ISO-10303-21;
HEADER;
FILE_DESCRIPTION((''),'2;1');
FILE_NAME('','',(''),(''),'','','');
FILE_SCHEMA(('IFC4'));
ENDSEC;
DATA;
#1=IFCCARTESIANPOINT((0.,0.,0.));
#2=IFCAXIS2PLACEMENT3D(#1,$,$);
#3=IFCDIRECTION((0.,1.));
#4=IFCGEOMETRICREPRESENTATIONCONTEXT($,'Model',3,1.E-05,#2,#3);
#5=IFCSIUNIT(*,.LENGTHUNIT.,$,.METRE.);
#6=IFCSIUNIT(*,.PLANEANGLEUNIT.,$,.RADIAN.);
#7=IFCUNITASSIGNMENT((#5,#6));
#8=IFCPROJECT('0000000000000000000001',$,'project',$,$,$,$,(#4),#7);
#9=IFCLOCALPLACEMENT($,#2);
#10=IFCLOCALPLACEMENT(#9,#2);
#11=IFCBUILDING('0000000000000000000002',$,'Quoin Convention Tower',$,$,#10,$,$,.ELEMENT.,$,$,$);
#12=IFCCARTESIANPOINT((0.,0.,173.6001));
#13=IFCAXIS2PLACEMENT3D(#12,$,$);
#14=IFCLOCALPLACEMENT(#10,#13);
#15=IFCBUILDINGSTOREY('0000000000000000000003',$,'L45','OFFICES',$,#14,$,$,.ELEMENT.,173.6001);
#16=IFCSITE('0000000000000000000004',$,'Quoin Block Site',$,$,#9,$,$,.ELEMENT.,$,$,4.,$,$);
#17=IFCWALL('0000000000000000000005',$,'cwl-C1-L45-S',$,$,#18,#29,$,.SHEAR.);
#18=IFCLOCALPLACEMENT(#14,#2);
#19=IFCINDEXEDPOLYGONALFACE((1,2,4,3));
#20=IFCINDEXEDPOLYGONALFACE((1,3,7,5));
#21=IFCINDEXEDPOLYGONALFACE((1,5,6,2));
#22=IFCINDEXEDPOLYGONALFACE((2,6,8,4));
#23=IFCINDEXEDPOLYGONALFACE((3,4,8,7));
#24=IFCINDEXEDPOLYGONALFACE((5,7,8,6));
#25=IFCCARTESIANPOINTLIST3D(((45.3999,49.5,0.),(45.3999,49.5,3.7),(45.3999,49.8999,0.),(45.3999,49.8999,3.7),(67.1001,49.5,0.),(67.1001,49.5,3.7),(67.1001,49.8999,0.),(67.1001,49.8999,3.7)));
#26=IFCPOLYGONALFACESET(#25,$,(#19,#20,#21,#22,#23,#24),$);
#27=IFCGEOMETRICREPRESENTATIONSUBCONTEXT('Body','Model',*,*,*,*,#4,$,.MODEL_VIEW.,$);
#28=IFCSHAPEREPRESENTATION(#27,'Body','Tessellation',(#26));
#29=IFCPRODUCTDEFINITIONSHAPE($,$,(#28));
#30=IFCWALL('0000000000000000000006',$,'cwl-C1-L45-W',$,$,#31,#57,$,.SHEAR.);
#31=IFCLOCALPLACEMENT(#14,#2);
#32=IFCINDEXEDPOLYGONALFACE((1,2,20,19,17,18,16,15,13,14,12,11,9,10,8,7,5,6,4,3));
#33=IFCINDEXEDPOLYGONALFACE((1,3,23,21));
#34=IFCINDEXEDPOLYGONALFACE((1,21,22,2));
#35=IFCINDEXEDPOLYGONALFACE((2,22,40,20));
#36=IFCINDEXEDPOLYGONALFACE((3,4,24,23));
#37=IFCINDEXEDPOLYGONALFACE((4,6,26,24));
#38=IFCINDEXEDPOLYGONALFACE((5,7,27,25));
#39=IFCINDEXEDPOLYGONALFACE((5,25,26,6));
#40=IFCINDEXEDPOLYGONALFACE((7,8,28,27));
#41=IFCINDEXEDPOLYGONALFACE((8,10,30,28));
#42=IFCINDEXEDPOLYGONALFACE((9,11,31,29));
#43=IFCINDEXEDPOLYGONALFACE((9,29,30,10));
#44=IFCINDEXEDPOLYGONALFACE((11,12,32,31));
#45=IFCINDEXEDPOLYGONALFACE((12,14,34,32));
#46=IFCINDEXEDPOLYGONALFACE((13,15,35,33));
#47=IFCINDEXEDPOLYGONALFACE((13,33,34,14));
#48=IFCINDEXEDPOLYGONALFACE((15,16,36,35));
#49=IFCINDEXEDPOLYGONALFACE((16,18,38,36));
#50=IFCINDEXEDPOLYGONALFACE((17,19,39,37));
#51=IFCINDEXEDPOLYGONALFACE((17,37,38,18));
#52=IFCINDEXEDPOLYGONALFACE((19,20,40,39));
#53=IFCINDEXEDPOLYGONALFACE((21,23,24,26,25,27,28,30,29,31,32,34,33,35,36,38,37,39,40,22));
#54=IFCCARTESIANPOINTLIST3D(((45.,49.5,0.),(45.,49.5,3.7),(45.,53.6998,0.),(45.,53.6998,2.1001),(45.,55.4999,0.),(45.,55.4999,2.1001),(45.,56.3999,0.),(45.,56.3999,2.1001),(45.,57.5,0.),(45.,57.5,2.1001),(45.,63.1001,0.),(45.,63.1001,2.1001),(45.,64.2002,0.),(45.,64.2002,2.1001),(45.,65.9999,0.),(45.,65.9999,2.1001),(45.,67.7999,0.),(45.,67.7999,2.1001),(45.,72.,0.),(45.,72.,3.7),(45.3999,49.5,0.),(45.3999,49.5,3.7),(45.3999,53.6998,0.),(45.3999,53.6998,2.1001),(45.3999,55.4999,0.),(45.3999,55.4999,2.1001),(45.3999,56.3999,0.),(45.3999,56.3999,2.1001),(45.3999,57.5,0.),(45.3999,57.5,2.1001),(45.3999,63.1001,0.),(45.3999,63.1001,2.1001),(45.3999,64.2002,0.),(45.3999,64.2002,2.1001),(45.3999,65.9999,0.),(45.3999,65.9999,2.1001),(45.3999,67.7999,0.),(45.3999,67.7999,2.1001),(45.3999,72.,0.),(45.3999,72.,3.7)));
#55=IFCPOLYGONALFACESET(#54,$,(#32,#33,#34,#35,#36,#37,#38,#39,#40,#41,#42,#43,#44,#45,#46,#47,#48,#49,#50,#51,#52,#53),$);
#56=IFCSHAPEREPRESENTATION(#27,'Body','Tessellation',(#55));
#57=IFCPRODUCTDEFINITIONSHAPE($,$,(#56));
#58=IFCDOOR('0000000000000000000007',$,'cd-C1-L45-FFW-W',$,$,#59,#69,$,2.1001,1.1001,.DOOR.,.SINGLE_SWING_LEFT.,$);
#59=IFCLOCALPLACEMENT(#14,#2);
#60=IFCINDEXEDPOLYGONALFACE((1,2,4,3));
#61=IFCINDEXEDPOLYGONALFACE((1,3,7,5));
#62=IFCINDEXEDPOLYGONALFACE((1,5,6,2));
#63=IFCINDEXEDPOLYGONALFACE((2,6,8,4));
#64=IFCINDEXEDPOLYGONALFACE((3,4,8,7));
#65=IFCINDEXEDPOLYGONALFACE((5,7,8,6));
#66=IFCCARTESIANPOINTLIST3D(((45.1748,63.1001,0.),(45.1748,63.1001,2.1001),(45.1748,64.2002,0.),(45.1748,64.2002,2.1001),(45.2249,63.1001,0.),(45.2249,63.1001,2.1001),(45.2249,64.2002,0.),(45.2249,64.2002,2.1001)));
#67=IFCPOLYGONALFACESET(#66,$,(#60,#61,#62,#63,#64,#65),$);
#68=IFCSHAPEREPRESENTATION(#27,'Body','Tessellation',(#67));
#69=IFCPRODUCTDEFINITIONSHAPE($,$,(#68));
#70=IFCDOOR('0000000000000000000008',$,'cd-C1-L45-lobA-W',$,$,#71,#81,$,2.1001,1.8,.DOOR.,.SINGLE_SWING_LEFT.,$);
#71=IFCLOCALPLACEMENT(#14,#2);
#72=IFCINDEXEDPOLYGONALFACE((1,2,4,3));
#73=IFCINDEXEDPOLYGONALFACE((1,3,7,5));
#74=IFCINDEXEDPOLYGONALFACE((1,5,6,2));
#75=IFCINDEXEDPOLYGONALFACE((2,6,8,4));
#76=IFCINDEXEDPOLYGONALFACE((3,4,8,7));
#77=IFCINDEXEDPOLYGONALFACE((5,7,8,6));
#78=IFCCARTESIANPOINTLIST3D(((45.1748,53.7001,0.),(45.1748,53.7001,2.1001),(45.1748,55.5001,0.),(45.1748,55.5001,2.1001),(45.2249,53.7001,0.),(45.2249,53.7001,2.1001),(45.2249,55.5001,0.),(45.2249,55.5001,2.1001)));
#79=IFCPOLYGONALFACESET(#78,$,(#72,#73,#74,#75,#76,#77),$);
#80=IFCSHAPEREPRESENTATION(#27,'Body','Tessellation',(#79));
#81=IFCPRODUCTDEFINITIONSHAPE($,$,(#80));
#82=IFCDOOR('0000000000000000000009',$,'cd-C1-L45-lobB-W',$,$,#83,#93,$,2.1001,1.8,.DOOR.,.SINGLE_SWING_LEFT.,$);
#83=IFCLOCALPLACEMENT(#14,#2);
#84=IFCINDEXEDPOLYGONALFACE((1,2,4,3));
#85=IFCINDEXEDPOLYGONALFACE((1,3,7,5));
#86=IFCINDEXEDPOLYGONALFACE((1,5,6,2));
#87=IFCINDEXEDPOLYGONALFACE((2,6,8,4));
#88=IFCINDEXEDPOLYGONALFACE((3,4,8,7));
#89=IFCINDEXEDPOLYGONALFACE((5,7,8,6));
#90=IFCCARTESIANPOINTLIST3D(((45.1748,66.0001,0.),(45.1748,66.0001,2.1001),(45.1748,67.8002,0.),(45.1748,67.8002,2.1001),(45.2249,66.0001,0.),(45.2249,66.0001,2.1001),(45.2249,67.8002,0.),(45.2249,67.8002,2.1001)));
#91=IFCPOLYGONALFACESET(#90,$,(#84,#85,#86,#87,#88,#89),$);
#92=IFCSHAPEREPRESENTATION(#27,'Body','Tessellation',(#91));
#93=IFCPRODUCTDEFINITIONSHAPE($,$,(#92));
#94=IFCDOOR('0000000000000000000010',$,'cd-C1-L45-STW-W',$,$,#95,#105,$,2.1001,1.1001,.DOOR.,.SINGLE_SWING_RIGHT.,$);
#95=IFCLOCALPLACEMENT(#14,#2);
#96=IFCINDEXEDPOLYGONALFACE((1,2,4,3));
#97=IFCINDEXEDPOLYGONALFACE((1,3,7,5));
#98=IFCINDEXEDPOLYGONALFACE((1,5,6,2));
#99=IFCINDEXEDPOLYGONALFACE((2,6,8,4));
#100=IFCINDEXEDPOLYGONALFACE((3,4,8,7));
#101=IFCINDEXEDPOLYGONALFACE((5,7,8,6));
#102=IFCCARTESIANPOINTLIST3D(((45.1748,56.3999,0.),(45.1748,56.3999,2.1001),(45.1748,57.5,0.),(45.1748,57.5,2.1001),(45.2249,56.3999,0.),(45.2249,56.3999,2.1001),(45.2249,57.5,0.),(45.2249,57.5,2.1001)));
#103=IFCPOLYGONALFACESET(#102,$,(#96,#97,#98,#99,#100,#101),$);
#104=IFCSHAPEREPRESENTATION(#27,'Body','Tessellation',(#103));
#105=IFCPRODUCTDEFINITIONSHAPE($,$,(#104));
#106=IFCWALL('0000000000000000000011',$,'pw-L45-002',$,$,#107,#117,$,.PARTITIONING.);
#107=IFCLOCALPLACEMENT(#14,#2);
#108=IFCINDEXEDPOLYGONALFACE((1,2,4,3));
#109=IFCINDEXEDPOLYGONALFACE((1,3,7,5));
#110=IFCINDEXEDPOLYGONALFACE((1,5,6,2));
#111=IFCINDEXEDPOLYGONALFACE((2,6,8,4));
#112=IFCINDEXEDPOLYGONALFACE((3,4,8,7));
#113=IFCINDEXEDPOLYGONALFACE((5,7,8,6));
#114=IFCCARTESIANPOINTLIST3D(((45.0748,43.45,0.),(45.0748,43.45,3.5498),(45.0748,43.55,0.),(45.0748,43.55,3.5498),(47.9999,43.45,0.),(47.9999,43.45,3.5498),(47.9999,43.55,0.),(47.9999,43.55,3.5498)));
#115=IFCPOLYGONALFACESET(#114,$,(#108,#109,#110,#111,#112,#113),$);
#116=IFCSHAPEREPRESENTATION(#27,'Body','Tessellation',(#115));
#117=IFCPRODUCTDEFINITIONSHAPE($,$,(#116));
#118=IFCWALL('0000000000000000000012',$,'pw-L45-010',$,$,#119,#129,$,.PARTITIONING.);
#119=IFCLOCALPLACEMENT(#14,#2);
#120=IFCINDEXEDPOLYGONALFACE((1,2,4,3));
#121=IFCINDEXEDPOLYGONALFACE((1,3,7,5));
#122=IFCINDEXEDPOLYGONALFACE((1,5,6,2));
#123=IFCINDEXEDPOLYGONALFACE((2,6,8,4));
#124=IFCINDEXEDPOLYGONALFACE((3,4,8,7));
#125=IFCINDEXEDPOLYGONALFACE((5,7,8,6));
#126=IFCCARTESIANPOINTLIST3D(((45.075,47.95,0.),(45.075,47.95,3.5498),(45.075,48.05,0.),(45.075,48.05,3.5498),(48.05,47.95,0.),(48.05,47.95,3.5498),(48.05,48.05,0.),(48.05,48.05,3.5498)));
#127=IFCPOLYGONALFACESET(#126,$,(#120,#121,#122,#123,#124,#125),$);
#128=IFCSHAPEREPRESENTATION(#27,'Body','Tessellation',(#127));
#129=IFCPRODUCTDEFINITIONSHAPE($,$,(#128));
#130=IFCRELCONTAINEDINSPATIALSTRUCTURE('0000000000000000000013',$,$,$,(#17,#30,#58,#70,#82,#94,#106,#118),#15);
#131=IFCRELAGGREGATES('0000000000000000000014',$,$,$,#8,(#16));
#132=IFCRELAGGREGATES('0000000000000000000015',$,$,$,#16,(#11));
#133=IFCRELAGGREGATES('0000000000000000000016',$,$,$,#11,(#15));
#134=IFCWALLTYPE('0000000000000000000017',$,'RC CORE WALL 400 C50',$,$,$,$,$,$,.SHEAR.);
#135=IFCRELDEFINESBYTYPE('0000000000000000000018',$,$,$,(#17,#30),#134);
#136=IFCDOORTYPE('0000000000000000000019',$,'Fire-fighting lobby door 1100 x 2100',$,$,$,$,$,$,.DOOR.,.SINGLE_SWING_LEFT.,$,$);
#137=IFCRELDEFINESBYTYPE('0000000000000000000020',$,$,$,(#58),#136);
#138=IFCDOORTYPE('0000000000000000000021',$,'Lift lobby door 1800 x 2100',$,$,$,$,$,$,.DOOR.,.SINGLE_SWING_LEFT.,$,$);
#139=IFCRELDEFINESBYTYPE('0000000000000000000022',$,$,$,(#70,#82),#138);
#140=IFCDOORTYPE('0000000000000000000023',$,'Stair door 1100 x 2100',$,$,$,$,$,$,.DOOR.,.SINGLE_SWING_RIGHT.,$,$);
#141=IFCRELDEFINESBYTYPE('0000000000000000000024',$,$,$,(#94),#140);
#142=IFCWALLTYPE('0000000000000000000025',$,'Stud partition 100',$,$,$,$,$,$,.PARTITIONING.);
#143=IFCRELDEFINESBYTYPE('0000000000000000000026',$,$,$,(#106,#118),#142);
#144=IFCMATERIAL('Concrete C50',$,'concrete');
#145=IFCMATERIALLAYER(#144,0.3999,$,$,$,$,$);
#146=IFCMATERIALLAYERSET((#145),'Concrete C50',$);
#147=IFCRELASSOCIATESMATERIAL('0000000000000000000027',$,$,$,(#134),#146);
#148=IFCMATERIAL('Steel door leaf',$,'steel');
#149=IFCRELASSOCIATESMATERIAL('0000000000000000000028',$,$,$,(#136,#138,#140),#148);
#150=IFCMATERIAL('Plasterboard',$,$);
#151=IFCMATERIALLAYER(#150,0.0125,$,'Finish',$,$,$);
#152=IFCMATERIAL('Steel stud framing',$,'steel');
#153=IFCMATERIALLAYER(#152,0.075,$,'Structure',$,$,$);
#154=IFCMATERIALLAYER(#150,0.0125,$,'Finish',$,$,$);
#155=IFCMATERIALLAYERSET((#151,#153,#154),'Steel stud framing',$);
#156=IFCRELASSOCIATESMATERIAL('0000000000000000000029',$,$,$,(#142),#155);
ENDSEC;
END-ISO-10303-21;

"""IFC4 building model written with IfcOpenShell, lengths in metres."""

from ifc_helpers import new_model, si_unit, direction, frame, frame_2d, origin, place, context, subcontext, project, spatial, rectangle, extrude, material, layer, layer_set, type_object, element, fill, save


model = new_model("IFC4")

# Units and contexts
model_context = context("Model", 3, precision=1e-05, world=origin(), true_north=direction((0.0, 1.0)))
body_context = subcontext(model_context, "Body", "Model", "MODEL_VIEW")
ifc_project = project(units=[si_unit("LENGTHUNIT", "METRE"), si_unit("PLANEANGLEUNIT", "RADIAN")], contexts=[model_context])

# Site, building, storey
site_placement = place(None, origin())
site = spatial("IfcSite", under=ifc_project, at=site_placement, Name="Quoin Block Site", CompositionType="ELEMENT", RefElevation=4.0)
building_placement = place(site_placement, origin())
building = spatial("IfcBuilding", under=site, at=building_placement, Name="Quoin Convention Tower", CompositionType="ELEMENT")
storey_placement = place(building_placement, frame((0.0, 0.0, 173.6001)))
storey = spatial("IfcBuildingStorey", under=building, at=storey_placement, Name="L45", Description="OFFICES", CompositionType="ELEMENT", Elevation=173.6001)

# Shared definitions
ifc_material_1 = material(Name="Plasterboard")
ifc_material_2 = material(Name="Steel stud framing", Category="steel")
ifc_material_3 = material(Name="Steel door leaf", Category="steel")

# Wall
ifc_material_4 = material(Name="Concrete C50", Category="concrete")
ifc_layer_1 = layer(ifc_material_4, 0.3999)
ifc_layer_set_1 = layer_set([ifc_layer_1], Name="Concrete C50")
wall_type_1 = type_object("IfcWallType", Name="RC CORE WALL 400 C50", PredefinedType="SHEAR", material=ifc_layer_set_1)
wall_1_placement = place(storey_placement, frame((45.3999, 49.7, 0.0), z_axis=(0.0, 0.0, 1.0), x_axis=(1.0, 0.0, 0.0)))
element("IfcWall", 1, at=wall_1_placement, inside=storey, type_object=wall_type_1, Name="cwl-C1-L45-S", PredefinedType="SHEAR", context=body_context, shape_type="SweptSolid", body=[
    extrude(rectangle(XDim=21.7002, YDim=0.3999, at=frame_2d((10.8501, 0.0))), origin(), (0.0, 0.0, 1.0), 3.7),
])

# Wall, openings, doors
wall_2_placement = place(storey_placement, frame((45.2, 49.5, 0.0), z_axis=(0.0, 0.0, 1.0), x_axis=(0.0, 1.0, 0.0)))
wall_2 = element("IfcWall", 2, at=wall_2_placement, inside=storey, type_object=wall_type_1, Name="cwl-C1-L45-W", PredefinedType="SHEAR", context=body_context, shape_type="SweptSolid", body=[
    extrude(rectangle(XDim=22.5, YDim=0.3999, at=frame_2d((11.25, 0.0))), origin(), (0.0, 0.0, 1.0), 3.7),
])
opening_1_placement = place(wall_2_placement, frame((4.2, 0.0, 0.0)))
opening_1 = element("IfcOpeningElement", 3, at=opening_1_placement, cuts=wall_2, PredefinedType="OPENING", context=body_context, shape_type="SweptSolid", body=[
    extrude(rectangle(XDim=1.8, YDim=2.1001, at=frame_2d((0.8999, 1.05))), frame((0.0, 0.21, 0.0), z_axis=(0.0, -1.0, 0.0), x_axis=(1.0, 0.0, 0.0)), (0.0, 0.0, 1.0), 0.4199),
])
opening_2_placement = place(wall_2_placement, frame((6.8999, 0.0, 0.0)))
opening_2 = element("IfcOpeningElement", 4, at=opening_2_placement, cuts=wall_2, PredefinedType="OPENING", context=body_context, shape_type="SweptSolid", body=[
    extrude(rectangle(XDim=1.1001, YDim=2.1001, at=frame_2d((0.55, 1.05))), frame((0.0, 0.21, 0.0), z_axis=(0.0, -1.0, 0.0), x_axis=(1.0, 0.0, 0.0)), (0.0, 0.0, 1.0), 0.4199),
])
opening_3_placement = place(wall_2_placement, frame((13.6001, 0.0, 0.0)))
opening_3 = element("IfcOpeningElement", 5, at=opening_3_placement, cuts=wall_2, PredefinedType="OPENING", context=body_context, shape_type="SweptSolid", body=[
    extrude(rectangle(XDim=1.1001, YDim=2.1001, at=frame_2d((0.55, 1.05))), frame((0.0, 0.21, 0.0), z_axis=(0.0, -1.0, 0.0), x_axis=(1.0, 0.0, 0.0)), (0.0, 0.0, 1.0), 0.4199),
])
opening_4_placement = place(wall_2_placement, frame((16.5, 0.0, 0.0)))
opening_4 = element("IfcOpeningElement", 6, at=opening_4_placement, cuts=wall_2, PredefinedType="OPENING", context=body_context, shape_type="SweptSolid", body=[
    extrude(rectangle(XDim=1.8, YDim=2.1001, at=frame_2d((0.8999, 1.05))), frame((0.0, 0.21, 0.0), z_axis=(0.0, -1.0, 0.0), x_axis=(1.0, 0.0, 0.0)), (0.0, 0.0, 1.0), 0.4199),
])
door_type_1 = type_object("IfcDoorType", Name="Fire-fighting lobby door 1100 x 2100", OperationType="SINGLE_SWING_LEFT", PredefinedType="DOOR", material=ifc_material_3)
door_1_placement = place(opening_3_placement, frame((1.1001, 0.0, 0.0), z_axis=(0.0, 0.0, 1.0), x_axis=(-1.0, 0.0, 0.0)))
door_1 = element("IfcDoor", 7, at=door_1_placement, inside=storey, type_object=door_type_1, Name="cd-C1-L45-FFW-W", OperationType="SINGLE_SWING_LEFT", OverallHeight=2.1001, OverallWidth=1.1001, PredefinedType="DOOR", context=body_context, shape_type="SweptSolid", body=[
    extrude(rectangle(XDim=1.1001, YDim=2.1001, at=frame_2d((0.55, 1.05))), frame((0.0, 0.0249, 0.0), z_axis=(0.0, -1.0, 0.0), x_axis=(1.0, 0.0, 0.0)), (0.0, 0.0, 1.0), 0.05),
])
fill(opening_3, door_1)
door_type_2 = type_object("IfcDoorType", Name="Lift lobby door 1800 x 2100", OperationType="SINGLE_SWING_LEFT", PredefinedType="DOOR", material=ifc_material_3)
door_2_placement = place(opening_1_placement, frame((1.8, 0.0, 0.0), z_axis=(0.0, 0.0, 1.0), x_axis=(-1.0, 0.0, 0.0)))
door_2 = element("IfcDoor", 8, at=door_2_placement, inside=storey, type_object=door_type_2, Name="cd-C1-L45-lobA-W", OperationType="SINGLE_SWING_LEFT", OverallHeight=2.1001, OverallWidth=1.8, PredefinedType="DOOR", context=body_context, shape_type="SweptSolid", body=[
    extrude(rectangle(XDim=1.8, YDim=2.1001, at=frame_2d((0.8999, 1.05))), frame((0.0, 0.0249, 0.0), z_axis=(0.0, -1.0, 0.0), x_axis=(1.0, 0.0, 0.0)), (0.0, 0.0, 1.0), 0.05),
])
fill(opening_1, door_2)
door_3_placement = place(opening_4_placement, frame((1.8, 0.0, 0.0), z_axis=(0.0, 0.0, 1.0), x_axis=(-1.0, 0.0, 0.0)))
door_3 = element("IfcDoor", 9, at=door_3_placement, inside=storey, type_object=door_type_2, Name="cd-C1-L45-lobB-W", OperationType="SINGLE_SWING_LEFT", OverallHeight=2.1001, OverallWidth=1.8, PredefinedType="DOOR", context=body_context, shape_type="SweptSolid", body=[
    extrude(rectangle(XDim=1.8, YDim=2.1001, at=frame_2d((0.8999, 1.05))), frame((0.0, 0.0249, 0.0), z_axis=(0.0, -1.0, 0.0), x_axis=(1.0, 0.0, 0.0)), (0.0, 0.0, 1.0), 0.05),
])
fill(opening_4, door_3)
door_type_3 = type_object("IfcDoorType", Name="Stair door 1100 x 2100", OperationType="SINGLE_SWING_RIGHT", PredefinedType="DOOR", material=ifc_material_3)
door_4_placement = place(opening_2_placement, frame((1.1001, 0.0, 0.0), z_axis=(0.0, 0.0, 1.0), x_axis=(-1.0, 0.0, 0.0)))
door_4 = element("IfcDoor", 10, at=door_4_placement, inside=storey, type_object=door_type_3, Name="cd-C1-L45-STW-W", OperationType="SINGLE_SWING_RIGHT", OverallHeight=2.1001, OverallWidth=1.1001, PredefinedType="DOOR", context=body_context, shape_type="SweptSolid", body=[
    extrude(rectangle(XDim=1.1001, YDim=2.1001, at=frame_2d((0.55, 1.05))), frame((0.0, 0.0249, 0.0), z_axis=(0.0, -1.0, 0.0), x_axis=(1.0, 0.0, 0.0)), (0.0, 0.0, 1.0), 0.05),
])
fill(opening_2, door_4)

# Walls
ifc_layer_2 = layer(ifc_material_1, 0.0125, Name="Finish")
ifc_layer_3 = layer(ifc_material_2, 0.075, Name="Structure")
ifc_layer_4 = layer(ifc_material_1, 0.0125, Name="Finish")
ifc_layer_set_2 = layer_set([ifc_layer_2, ifc_layer_3, ifc_layer_4], Name="Steel stud framing")
wall_type_2 = type_object("IfcWallType", Name="Stud partition 100", PredefinedType="PARTITIONING", material=ifc_layer_set_2)
wall_3_placement = place(storey_placement, frame((45.075, 43.5, 0.0), z_axis=(0.0, 0.0, 1.0), x_axis=(1.0, 0.0, 0.0)))
element("IfcWall", 11, at=wall_3_placement, inside=storey, type_object=wall_type_2, Name="pw-L45-002", PredefinedType="PARTITIONING", context=body_context, shape_type="SweptSolid", body=[
    extrude(rectangle(XDim=2.925, YDim=0.1001, at=frame_2d((1.4624, 0.0))), origin(), (0.0, 0.0, 1.0), 3.5498),
])
wall_4_placement = place(storey_placement, frame((45.075, 48.0, 0.0), z_axis=(0.0, 0.0, 1.0), x_axis=(1.0, 0.0, 0.0)))
element("IfcWall", 12, at=wall_4_placement, inside=storey, type_object=wall_type_2, Name="pw-L45-010", PredefinedType="PARTITIONING", context=body_context, shape_type="SweptSolid", body=[
    extrude(rectangle(XDim=2.9751, YDim=0.1001, at=frame_2d((1.4875, 0.0))), origin(), (0.0, 0.0, 1.0), 3.5498),
])

save(model, "model.ifc")
